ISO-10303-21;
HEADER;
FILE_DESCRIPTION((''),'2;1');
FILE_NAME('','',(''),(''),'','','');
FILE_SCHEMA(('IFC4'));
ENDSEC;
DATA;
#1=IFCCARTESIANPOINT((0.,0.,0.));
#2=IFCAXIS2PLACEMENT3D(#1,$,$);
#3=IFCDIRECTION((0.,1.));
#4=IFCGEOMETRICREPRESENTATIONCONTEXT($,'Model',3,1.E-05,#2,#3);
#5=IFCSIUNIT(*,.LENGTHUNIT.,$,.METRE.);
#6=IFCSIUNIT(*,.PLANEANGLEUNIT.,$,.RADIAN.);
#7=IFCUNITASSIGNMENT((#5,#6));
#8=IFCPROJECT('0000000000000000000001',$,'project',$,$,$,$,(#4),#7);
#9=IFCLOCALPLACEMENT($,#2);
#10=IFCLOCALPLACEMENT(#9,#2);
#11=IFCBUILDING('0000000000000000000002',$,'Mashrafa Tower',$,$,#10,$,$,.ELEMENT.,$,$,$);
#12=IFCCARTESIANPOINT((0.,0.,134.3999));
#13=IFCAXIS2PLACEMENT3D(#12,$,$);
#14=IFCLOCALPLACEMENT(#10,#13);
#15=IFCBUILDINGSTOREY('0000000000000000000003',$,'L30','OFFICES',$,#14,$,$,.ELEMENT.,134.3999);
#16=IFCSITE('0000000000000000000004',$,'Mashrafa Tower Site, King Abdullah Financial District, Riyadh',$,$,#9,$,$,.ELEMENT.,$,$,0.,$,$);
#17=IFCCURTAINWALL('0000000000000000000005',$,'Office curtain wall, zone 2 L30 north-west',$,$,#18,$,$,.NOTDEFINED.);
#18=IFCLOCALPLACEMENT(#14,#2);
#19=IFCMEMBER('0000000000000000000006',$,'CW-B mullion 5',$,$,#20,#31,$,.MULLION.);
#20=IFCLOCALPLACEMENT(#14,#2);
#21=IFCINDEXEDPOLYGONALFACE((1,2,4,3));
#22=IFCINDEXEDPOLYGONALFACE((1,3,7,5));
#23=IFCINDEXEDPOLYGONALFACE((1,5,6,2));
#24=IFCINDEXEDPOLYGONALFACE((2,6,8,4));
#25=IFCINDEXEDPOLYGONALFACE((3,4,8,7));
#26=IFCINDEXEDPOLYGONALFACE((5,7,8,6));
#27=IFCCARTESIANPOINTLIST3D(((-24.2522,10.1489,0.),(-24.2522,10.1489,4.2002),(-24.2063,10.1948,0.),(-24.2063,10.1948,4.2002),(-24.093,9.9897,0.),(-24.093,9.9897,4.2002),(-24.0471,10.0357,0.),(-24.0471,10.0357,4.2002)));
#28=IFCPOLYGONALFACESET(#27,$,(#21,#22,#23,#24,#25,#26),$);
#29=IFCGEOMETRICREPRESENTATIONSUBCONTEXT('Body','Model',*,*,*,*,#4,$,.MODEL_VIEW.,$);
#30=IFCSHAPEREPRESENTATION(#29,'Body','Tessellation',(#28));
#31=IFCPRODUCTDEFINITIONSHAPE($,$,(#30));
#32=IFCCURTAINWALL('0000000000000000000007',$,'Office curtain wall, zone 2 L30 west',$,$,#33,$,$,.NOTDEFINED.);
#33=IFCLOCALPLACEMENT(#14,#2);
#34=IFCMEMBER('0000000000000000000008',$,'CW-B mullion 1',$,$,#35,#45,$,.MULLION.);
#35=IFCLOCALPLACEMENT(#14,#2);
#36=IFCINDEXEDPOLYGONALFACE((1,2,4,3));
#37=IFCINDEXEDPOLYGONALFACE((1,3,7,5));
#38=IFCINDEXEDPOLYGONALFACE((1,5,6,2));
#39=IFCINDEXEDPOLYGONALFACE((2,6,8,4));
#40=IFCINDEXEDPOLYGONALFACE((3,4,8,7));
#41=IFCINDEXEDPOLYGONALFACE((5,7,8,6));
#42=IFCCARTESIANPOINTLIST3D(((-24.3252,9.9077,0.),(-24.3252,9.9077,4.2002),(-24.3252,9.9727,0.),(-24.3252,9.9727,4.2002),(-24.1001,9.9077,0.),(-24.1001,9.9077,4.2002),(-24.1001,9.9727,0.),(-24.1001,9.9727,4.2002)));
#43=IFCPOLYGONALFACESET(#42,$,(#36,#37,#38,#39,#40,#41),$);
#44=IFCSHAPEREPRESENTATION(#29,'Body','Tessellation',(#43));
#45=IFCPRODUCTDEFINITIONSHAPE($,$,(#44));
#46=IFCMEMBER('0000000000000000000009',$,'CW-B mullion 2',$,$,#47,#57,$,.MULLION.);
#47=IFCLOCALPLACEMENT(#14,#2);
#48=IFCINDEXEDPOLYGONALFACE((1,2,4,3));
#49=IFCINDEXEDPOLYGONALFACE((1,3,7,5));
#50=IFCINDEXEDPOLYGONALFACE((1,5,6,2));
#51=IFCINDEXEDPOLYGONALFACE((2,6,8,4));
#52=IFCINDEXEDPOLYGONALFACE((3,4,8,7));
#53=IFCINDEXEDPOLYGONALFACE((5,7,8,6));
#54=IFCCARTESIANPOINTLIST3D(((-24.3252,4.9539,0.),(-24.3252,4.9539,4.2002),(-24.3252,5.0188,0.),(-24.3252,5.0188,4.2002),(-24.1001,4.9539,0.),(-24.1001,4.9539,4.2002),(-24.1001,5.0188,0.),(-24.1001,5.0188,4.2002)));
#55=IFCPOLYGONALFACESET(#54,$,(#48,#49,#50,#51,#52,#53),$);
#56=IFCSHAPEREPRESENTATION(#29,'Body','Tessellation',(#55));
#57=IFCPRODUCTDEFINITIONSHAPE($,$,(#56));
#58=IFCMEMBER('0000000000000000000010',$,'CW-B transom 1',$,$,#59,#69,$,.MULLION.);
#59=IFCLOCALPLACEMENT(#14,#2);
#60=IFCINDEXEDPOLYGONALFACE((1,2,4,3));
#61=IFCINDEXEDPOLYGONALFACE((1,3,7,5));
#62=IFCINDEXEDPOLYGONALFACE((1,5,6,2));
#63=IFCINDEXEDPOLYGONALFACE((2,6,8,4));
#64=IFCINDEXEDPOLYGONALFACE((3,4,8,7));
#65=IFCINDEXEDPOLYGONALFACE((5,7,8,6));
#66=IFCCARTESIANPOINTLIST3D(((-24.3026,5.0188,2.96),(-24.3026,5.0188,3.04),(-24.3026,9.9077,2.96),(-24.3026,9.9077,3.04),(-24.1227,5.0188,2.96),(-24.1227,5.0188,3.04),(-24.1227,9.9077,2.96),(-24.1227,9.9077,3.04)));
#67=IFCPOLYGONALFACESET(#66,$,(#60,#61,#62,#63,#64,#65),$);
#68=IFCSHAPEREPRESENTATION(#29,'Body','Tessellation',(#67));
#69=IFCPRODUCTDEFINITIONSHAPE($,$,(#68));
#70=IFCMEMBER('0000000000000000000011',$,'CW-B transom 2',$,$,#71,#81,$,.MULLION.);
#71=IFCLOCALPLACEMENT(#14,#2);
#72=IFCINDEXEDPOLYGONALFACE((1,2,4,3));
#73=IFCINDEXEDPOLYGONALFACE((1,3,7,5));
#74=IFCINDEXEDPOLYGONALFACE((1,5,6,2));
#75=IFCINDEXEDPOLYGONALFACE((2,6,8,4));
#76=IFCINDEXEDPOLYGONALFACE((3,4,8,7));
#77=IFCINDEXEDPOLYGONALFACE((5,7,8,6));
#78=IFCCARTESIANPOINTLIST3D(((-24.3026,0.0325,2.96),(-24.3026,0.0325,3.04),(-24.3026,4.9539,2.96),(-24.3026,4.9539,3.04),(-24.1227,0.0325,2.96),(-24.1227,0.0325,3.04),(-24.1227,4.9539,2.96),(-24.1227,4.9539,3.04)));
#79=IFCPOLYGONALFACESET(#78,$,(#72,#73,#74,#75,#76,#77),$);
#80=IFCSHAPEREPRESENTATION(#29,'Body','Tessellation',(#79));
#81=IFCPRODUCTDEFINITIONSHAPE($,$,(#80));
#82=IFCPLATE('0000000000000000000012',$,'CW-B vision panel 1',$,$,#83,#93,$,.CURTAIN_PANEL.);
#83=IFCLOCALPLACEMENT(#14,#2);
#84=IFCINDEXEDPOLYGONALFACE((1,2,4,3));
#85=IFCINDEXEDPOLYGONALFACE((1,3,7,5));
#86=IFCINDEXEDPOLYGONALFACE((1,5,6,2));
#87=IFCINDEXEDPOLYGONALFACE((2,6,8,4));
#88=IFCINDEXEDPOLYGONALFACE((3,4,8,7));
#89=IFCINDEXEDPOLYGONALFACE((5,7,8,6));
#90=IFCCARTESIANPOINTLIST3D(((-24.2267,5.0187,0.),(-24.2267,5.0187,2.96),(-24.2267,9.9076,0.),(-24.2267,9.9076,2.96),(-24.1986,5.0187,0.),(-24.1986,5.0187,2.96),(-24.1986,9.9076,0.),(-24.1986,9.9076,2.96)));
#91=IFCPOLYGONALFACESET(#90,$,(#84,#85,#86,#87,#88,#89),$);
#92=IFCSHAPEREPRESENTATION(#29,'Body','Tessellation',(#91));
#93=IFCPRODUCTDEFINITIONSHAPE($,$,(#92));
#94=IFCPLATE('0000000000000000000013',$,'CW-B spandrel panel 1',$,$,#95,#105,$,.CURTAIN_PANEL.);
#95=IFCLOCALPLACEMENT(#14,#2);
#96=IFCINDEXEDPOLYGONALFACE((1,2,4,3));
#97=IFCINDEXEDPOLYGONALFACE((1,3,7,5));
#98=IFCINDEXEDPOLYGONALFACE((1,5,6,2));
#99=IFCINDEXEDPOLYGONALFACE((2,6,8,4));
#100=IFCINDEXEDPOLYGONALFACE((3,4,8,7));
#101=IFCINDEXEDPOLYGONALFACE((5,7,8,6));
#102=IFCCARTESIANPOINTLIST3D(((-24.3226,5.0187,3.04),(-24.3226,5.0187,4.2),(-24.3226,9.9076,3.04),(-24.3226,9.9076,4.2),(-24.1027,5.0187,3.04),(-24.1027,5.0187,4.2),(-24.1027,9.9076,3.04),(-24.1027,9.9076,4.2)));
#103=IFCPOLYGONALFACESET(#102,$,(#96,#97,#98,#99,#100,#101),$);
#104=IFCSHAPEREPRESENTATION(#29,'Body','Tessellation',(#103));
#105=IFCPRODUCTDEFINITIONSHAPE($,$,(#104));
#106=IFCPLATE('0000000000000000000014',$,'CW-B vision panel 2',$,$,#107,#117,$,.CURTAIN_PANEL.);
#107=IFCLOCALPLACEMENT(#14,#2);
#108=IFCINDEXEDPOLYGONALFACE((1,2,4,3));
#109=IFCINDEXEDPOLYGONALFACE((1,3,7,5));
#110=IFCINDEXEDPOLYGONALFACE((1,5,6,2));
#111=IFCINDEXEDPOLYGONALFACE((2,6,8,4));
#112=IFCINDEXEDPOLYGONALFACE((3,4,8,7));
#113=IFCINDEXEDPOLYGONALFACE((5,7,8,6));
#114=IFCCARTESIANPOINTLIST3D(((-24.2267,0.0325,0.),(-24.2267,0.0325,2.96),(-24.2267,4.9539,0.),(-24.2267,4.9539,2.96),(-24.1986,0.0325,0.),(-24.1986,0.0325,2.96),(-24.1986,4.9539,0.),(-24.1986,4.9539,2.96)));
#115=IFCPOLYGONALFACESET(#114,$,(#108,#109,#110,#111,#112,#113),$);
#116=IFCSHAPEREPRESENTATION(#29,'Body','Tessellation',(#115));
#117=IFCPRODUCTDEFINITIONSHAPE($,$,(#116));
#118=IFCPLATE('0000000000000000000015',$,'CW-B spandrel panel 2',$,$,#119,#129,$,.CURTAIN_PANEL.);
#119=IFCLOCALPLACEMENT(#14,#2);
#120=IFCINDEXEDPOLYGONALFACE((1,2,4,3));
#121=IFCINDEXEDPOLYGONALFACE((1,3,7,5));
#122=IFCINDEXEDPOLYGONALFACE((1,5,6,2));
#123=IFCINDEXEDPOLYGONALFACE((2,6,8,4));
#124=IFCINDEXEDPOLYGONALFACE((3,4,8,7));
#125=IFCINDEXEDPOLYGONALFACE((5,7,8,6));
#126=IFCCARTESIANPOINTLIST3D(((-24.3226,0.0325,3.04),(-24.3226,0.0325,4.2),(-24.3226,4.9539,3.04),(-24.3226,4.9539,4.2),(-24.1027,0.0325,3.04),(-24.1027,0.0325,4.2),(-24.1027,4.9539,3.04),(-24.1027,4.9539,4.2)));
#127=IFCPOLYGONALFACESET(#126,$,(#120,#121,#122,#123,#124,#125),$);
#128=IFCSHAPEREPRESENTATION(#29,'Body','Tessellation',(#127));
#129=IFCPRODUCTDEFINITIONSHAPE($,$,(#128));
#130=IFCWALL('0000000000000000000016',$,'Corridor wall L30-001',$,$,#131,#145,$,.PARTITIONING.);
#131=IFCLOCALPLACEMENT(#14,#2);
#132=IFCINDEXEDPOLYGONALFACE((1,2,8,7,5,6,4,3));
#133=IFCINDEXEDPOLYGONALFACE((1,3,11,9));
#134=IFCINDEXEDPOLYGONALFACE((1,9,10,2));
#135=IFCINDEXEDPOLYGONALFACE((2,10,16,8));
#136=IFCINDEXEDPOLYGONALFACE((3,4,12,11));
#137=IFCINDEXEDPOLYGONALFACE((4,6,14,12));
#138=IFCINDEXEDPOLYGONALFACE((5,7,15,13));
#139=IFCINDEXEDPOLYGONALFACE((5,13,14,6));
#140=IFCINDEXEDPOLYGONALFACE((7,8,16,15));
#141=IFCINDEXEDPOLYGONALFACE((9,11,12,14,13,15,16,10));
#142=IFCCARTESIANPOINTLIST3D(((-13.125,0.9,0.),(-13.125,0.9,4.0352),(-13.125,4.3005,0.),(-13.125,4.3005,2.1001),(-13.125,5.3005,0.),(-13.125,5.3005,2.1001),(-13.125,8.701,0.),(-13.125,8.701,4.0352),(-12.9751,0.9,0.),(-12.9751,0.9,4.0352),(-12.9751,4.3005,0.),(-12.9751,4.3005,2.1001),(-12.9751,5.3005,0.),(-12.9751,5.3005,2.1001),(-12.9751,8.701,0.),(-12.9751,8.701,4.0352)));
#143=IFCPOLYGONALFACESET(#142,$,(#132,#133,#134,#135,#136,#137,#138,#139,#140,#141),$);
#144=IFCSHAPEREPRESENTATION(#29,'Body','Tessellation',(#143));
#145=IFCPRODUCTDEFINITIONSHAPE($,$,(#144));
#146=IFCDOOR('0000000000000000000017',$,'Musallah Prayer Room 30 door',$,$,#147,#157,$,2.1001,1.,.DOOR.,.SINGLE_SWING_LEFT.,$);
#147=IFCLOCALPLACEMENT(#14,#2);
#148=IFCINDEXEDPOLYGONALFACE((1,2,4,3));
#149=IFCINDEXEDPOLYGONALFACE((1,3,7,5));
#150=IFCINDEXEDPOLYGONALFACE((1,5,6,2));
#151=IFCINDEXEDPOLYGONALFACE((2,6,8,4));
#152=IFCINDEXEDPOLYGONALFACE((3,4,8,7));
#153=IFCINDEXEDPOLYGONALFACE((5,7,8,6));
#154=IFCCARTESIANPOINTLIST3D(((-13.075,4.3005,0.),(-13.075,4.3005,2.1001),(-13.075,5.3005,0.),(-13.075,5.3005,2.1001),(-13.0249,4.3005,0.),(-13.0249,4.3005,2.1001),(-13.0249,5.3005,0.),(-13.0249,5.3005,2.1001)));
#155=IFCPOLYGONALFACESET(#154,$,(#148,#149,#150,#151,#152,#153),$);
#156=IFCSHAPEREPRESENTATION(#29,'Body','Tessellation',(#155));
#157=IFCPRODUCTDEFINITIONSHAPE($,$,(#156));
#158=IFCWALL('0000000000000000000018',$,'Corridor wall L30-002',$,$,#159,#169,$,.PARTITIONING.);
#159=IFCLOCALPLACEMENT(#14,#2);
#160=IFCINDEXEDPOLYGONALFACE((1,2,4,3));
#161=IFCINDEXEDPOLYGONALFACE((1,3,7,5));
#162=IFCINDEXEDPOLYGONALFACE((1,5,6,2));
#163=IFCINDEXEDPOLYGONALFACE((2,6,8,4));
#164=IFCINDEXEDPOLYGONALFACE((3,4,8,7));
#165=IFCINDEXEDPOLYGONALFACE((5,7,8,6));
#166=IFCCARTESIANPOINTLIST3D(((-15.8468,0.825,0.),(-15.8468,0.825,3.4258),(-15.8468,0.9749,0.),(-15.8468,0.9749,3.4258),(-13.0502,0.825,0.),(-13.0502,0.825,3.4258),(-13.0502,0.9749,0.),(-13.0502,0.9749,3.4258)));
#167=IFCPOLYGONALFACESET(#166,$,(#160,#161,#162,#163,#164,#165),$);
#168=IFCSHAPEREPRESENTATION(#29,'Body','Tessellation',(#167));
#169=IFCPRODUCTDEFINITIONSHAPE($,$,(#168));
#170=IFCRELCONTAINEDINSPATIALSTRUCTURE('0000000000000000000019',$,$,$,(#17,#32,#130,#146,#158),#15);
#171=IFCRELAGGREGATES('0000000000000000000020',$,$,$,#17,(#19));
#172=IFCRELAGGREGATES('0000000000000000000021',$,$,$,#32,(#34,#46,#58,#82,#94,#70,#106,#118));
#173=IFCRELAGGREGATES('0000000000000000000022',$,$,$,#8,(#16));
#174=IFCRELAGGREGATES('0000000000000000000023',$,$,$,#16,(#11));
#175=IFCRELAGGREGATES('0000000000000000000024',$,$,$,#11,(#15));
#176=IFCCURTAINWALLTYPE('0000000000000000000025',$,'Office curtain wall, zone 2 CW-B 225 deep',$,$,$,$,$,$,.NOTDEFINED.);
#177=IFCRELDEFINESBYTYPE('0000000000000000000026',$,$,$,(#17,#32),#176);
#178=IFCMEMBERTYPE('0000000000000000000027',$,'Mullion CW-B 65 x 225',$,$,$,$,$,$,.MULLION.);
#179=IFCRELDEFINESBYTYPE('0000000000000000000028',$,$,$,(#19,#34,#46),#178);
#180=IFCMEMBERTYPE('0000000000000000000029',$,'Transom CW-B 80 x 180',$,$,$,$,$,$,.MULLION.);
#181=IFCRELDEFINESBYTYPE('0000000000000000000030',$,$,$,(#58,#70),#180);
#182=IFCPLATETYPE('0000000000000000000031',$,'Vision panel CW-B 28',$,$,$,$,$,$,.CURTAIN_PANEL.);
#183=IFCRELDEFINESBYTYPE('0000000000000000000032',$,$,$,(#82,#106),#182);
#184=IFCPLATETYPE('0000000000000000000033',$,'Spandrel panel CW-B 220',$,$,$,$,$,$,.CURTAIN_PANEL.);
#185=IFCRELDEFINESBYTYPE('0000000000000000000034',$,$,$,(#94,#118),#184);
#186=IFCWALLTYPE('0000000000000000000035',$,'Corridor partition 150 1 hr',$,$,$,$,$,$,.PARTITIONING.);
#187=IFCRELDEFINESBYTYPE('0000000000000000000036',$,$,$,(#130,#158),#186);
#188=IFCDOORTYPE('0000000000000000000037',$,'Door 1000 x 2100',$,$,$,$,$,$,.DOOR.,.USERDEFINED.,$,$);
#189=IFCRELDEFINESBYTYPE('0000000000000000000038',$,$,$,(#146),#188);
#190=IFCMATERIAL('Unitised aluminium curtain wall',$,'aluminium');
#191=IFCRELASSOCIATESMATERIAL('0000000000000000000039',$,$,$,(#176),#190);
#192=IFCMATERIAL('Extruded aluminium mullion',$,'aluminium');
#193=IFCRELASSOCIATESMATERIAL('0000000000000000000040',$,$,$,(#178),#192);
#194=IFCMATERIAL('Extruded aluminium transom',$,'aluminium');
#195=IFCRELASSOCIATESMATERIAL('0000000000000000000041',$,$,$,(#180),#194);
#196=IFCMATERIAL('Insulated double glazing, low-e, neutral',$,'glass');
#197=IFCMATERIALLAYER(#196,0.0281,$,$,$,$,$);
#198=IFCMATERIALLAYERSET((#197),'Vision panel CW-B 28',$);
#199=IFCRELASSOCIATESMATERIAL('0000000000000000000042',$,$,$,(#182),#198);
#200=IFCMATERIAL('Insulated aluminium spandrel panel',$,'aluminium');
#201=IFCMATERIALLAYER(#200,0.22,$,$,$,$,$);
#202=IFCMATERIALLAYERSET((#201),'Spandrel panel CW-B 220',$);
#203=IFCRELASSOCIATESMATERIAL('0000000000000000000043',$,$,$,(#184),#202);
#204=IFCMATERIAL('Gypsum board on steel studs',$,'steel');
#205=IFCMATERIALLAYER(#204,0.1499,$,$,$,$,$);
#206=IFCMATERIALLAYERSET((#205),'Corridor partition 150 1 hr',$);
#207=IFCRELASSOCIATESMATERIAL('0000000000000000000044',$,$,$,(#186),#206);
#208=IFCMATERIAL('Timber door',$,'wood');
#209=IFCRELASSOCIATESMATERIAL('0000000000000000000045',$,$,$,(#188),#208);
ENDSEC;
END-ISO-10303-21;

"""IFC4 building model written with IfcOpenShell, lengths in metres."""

from ifc_helpers import new_model, si_unit, direction, frame, frame_2d, origin, origin_2d, place, context, subcontext, project, spatial, rectangle, extrude, source, transform, mapped, material, layer, layer_set, material_profile, profile_set, type_object, type_shapes, element, fill, aggregate, save


model = new_model("IFC4")

# Units and contexts
model_context = context("Model", 3, precision=1e-05, world=origin(), true_north=direction((0.0, 1.0)))
body_context = subcontext(model_context, "Body", "Model", "MODEL_VIEW")
ifc_project = project(units=[si_unit("LENGTHUNIT", "METRE"), si_unit("PLANEANGLEUNIT", "RADIAN")], contexts=[model_context])

# Site, building, storey
site_placement = place(None, origin())
site = spatial("IfcSite", under=ifc_project, at=site_placement, Name="Mashrafa Tower Site, King Abdullah Financial District, Riyadh", CompositionType="ELEMENT", RefElevation=0.0)
building_placement = place(site_placement, origin())
building = spatial("IfcBuilding", under=site, at=building_placement, Name="Mashrafa Tower", CompositionType="ELEMENT")
storey_placement = place(building_placement, frame((0.0, 0.0, 134.3999)))
storey = spatial("IfcBuildingStorey", under=building, at=storey_placement, Name="L30", Description="OFFICES", CompositionType="ELEMENT", Elevation=134.3999)

# Curtain wall, member
ifc_material_1 = material(Name="Unitised aluminium curtain wall", Category="aluminium")
curtain_wall_type = type_object("IfcCurtainWallType", Name="Office curtain wall, zone 2 CW-B 225 deep", PredefinedType="NOTDEFINED", material=ifc_material_1)
curtain_wall_1_placement = place(storey_placement, origin())
curtain_wall_1 = element("IfcCurtainWall", 1, at=curtain_wall_1_placement, inside=storey, type_object=curtain_wall_type, Name="Office curtain wall, zone 2 L30 north-west", PredefinedType="NOTDEFINED")
ifc_material_2 = material(Name="Extruded aluminium mullion", Category="aluminium")
ifc_material_profile_1 = material_profile(ifc_material_2, rectangle(XDim=0.2251, YDim=0.0649, at=origin_2d()), Name="Mullion 65x225")
ifc_profile_set_1 = profile_set([ifc_material_profile_1], Name="Extruded aluminium mullion")
member_type_1 = type_object("IfcMemberType", Name="Mullion CW-B 65 x 225", PredefinedType="MULLION", material=ifc_profile_set_1)
shared_shape_1 = source(origin(), body_context, "Body", "SweptSolid", [
    extrude(rectangle(XDim=0.2251, YDim=0.0649, at=origin_2d()), origin(), (0.0, 0.0, 1.0), 4.2002),
])
type_shapes(member_type_1, [shared_shape_1])
member_1_placement = place(storey_placement, frame((-24.1497, 10.0923, 0.0), z_axis=(0.0, 0.0, 1.0), x_axis=(0.707107, -0.707107, 0.0)))
member_1 = element("IfcMember", 2, at=member_1_placement, type_object=member_type_1, Name="CW-B mullion 5", PredefinedType="MULLION", context=body_context, shape_type="MappedRepresentation", body=[
    mapped(shared_shape_1, transform((0.0, 0.0, 0.0))),
])
aggregate(curtain_wall_1, [member_1])

# Curtain wall, members, plates
curtain_wall_2_placement = place(storey_placement, origin())
curtain_wall_2 = element("IfcCurtainWall", 3, at=curtain_wall_2_placement, inside=storey, type_object=curtain_wall_type, Name="Office curtain wall, zone 2 L30 west", PredefinedType="NOTDEFINED")
member_2_placement = place(storey_placement, frame((-24.2126, 9.9402, 0.0), z_axis=(0.0, 0.0, 1.0), x_axis=(1.0, 0.0, 0.0)))
member_2 = element("IfcMember", 4, at=member_2_placement, type_object=member_type_1, Name="CW-B mullion 1", PredefinedType="MULLION", context=body_context, shape_type="MappedRepresentation", body=[
    mapped(shared_shape_1, transform((0.0, 0.0, 0.0))),
])
member_3_placement = place(storey_placement, frame((-24.2126, 4.9863, 0.0), z_axis=(0.0, 0.0, 1.0), x_axis=(1.0, 0.0, 0.0)))
member_3 = element("IfcMember", 5, at=member_3_placement, type_object=member_type_1, Name="CW-B mullion 2", PredefinedType="MULLION", context=body_context, shape_type="MappedRepresentation", body=[
    mapped(shared_shape_1, transform((0.0, 0.0, 0.0))),
])
ifc_material_3 = material(Name="Extruded aluminium transom", Category="aluminium")
ifc_material_profile_2 = material_profile(ifc_material_3, rectangle(XDim=0.1799, YDim=0.0801, at=origin_2d()), Name="Transom 80x180")
ifc_profile_set_2 = profile_set([ifc_material_profile_2], Name="Extruded aluminium transom")
member_type_2 = type_object("IfcMemberType", Name="Transom CW-B 80 x 180", PredefinedType="MULLION", material=ifc_profile_set_2)
shared_shape_2 = source(origin(), body_context, "Body", "SweptSolid", [
    extrude(rectangle(XDim=0.1799, YDim=0.0801, at=origin_2d()), origin(), (0.0, 0.0, 1.0), 4.8889),
])
member_4_placement = place(storey_placement, frame((-24.2126, 9.9077, 3.0), z_axis=(0.0, -1.0, 0.0), x_axis=(1.0, 0.0, 0.0)))
member_4 = element("IfcMember", 6, at=member_4_placement, type_object=member_type_2, Name="CW-B transom 1", PredefinedType="MULLION", context=body_context, shape_type="MappedRepresentation", body=[
    mapped(shared_shape_2, transform((0.0, 0.0, 0.0))),
])
shared_shape_3 = source(origin(), body_context, "Body", "SweptSolid", [
    extrude(rectangle(XDim=0.1799, YDim=0.0801, at=origin_2d()), origin(), (0.0, 0.0, 1.0), 4.9214),
])
type_shapes(member_type_2, [shared_shape_2, shared_shape_3])
member_5_placement = place(storey_placement, frame((-24.2126, 4.9539, 3.0), z_axis=(0.0, -1.0, 0.0), x_axis=(1.0, 0.0, 0.0)))
member_5 = element("IfcMember", 7, at=member_5_placement, type_object=member_type_2, Name="CW-B transom 2", PredefinedType="MULLION", context=body_context, shape_type="MappedRepresentation", body=[
    mapped(shared_shape_3, transform((0.0, 0.0, 0.0))),
])
ifc_material_4 = material(Name="Insulated double glazing, low-e, neutral", Category="glass")
ifc_layer_1 = layer(ifc_material_4, 0.0281)
ifc_layer_set_1 = layer_set([ifc_layer_1], Name="Vision panel CW-B 28")
plate_type_1 = type_object("IfcPlateType", Name="Vision panel CW-B 28", PredefinedType="CURTAIN_PANEL", material=ifc_layer_set_1)
shared_shape_4 = source(origin(), body_context, "Body", "SweptSolid", [
    extrude(rectangle(XDim=4.8889, YDim=0.0281, at=origin_2d()), origin(), (0.0, 0.0, 1.0), 2.96),
])
plate_1_placement = place(storey_placement, frame((-24.2126, 7.4631, 0.0), z_axis=(0.0, 0.0, 1.0), x_axis=(0.0, -1.0, 0.0)))
plate_1 = element("IfcPlate", 8, at=plate_1_placement, type_object=plate_type_1, Name="CW-B vision panel 1", PredefinedType="CURTAIN_PANEL", context=body_context, shape_type="MappedRepresentation", body=[
    mapped(shared_shape_4, transform((0.0, 0.0, 0.0))),
])
ifc_material_5 = material(Name="Insulated aluminium spandrel panel", Category="aluminium")
ifc_layer_2 = layer(ifc_material_5, 0.22)
ifc_layer_set_2 = layer_set([ifc_layer_2], Name="Spandrel panel CW-B 220")
plate_type_2 = type_object("IfcPlateType", Name="Spandrel panel CW-B 220", PredefinedType="CURTAIN_PANEL", material=ifc_layer_set_2)
shared_shape_5 = source(origin(), body_context, "Body", "SweptSolid", [
    extrude(rectangle(XDim=4.8889, YDim=0.22, at=origin_2d()), origin(), (0.0, 0.0, 1.0), 1.1599),
])
plate_2_placement = place(storey_placement, frame((-24.2126, 7.4631, 3.04), z_axis=(0.0, 0.0, 1.0), x_axis=(0.0, -1.0, 0.0)))
plate_2 = element("IfcPlate", 9, at=plate_2_placement, type_object=plate_type_2, Name="CW-B spandrel panel 1", PredefinedType="CURTAIN_PANEL", context=body_context, shape_type="MappedRepresentation", body=[
    mapped(shared_shape_5, transform((0.0, 0.0, 0.0))),
])
shared_shape_6 = source(origin(), body_context, "Body", "SweptSolid", [
    extrude(rectangle(XDim=4.9214, YDim=0.0281, at=origin_2d()), origin(), (0.0, 0.0, 1.0), 2.96),
])
type_shapes(plate_type_1, [shared_shape_4, shared_shape_6])
plate_3_placement = place(storey_placement, frame((-24.2126, 2.4932, 0.0), z_axis=(0.0, 0.0, 1.0), x_axis=(0.0, -1.0, 0.0)))
plate_3 = element("IfcPlate", 10, at=plate_3_placement, type_object=plate_type_1, Name="CW-B vision panel 2", PredefinedType="CURTAIN_PANEL", context=body_context, shape_type="MappedRepresentation", body=[
    mapped(shared_shape_6, transform((0.0, 0.0, 0.0))),
])
shared_shape_7 = source(origin(), body_context, "Body", "SweptSolid", [
    extrude(rectangle(XDim=4.9214, YDim=0.22, at=origin_2d()), origin(), (0.0, 0.0, 1.0), 1.1599),
])
type_shapes(plate_type_2, [shared_shape_5, shared_shape_7])
plate_4_placement = place(storey_placement, frame((-24.2126, 2.4932, 3.04), z_axis=(0.0, 0.0, 1.0), x_axis=(0.0, -1.0, 0.0)))
plate_4 = element("IfcPlate", 11, at=plate_4_placement, type_object=plate_type_2, Name="CW-B spandrel panel 2", PredefinedType="CURTAIN_PANEL", context=body_context, shape_type="MappedRepresentation", body=[
    mapped(shared_shape_7, transform((0.0, 0.0, 0.0))),
])
aggregate(curtain_wall_2, [member_2, member_3, member_4, plate_1, plate_2, member_5, plate_3, plate_4])

# Wall, opening, door
ifc_material_6 = material(Name="Gypsum board on steel studs", Category="steel")
ifc_layer_3 = layer(ifc_material_6, 0.1499)
ifc_layer_set_3 = layer_set([ifc_layer_3], Name="Corridor partition 150 1 hr")
wall_type_1 = type_object("IfcWallType", Name="Corridor partition 150 1 hr", PredefinedType="PARTITIONING", material=ifc_layer_set_3)
wall_1_placement = place(storey_placement, frame((-13.05, 8.7009, 0.0), z_axis=(0.0, 0.0, 1.0), x_axis=(0.0, -1.0, 0.0)))
wall_1 = element("IfcWall", 12, at=wall_1_placement, inside=storey, type_object=wall_type_1, Name="Corridor wall L30-001", PredefinedType="PARTITIONING", context=body_context, shape_type="SweptSolid", body=[
    extrude(rectangle(XDim=7.801, YDim=0.1499, at=frame_2d((3.9004, 0.0))), origin(), (0.0, 0.0, 1.0), 4.0352),
])
opening_1_placement = place(wall_1_placement, frame((3.4004, 0.0, 0.0)))
opening_1 = element("IfcOpeningElement", 13, at=opening_1_placement, cuts=wall_1, PredefinedType="OPENING", context=body_context, shape_type="SweptSolid", body=[
    extrude(rectangle(XDim=1.0, YDim=2.1001, at=frame_2d((0.5, 1.05))), frame((0.0, 0.085, 0.0), z_axis=(0.0, -1.0, 0.0), x_axis=(1.0, 0.0, 0.0)), (0.0, 0.0, 1.0), 0.1699),
])
ifc_material_7 = material(Name="Timber door", Category="wood")
door_type_1 = type_object("IfcDoorType", Name="Door 1000 x 2100", OperationType="USERDEFINED", PredefinedType="DOOR", material=ifc_material_7)
door_1_placement = place(opening_1_placement, frame((1.0, 0.0, 0.0), z_axis=(0.0, 0.0, 1.0), x_axis=(-1.0, 0.0, 0.0)))
door_1 = element("IfcDoor", 14, at=door_1_placement, inside=storey, type_object=door_type_1, Name="Musallah Prayer Room 30 door", OperationType="SINGLE_SWING_LEFT", OverallHeight=2.1001, OverallWidth=1.0, PredefinedType="DOOR", context=body_context, shape_type="SweptSolid", body=[
    extrude(rectangle(XDim=1.0, YDim=2.1001, at=frame_2d((0.5, 1.05))), frame((0.0, 0.0249, 0.0), z_axis=(0.0, -1.0, 0.0), x_axis=(1.0, 0.0, 0.0)), (0.0, 0.0, 1.0), 0.05),
])
fill(opening_1, door_1)

# Wall
wall_2_placement = place(storey_placement, frame((-13.05, 0.8999, 0.0), z_axis=(0.0, 0.0, 1.0), x_axis=(-1.0, 0.0, 0.0)))
element("IfcWall", 15, at=wall_2_placement, inside=storey, type_object=wall_type_1, Name="Corridor wall L30-002", PredefinedType="PARTITIONING", context=body_context, shape_type="SweptSolid", body=[
    extrude(rectangle(XDim=2.7966, YDim=0.1499, at=frame_2d((1.3984, 0.0))), origin(), (0.0, 0.0, 1.0), 3.4258),
])

save(model, "model.ifc")
